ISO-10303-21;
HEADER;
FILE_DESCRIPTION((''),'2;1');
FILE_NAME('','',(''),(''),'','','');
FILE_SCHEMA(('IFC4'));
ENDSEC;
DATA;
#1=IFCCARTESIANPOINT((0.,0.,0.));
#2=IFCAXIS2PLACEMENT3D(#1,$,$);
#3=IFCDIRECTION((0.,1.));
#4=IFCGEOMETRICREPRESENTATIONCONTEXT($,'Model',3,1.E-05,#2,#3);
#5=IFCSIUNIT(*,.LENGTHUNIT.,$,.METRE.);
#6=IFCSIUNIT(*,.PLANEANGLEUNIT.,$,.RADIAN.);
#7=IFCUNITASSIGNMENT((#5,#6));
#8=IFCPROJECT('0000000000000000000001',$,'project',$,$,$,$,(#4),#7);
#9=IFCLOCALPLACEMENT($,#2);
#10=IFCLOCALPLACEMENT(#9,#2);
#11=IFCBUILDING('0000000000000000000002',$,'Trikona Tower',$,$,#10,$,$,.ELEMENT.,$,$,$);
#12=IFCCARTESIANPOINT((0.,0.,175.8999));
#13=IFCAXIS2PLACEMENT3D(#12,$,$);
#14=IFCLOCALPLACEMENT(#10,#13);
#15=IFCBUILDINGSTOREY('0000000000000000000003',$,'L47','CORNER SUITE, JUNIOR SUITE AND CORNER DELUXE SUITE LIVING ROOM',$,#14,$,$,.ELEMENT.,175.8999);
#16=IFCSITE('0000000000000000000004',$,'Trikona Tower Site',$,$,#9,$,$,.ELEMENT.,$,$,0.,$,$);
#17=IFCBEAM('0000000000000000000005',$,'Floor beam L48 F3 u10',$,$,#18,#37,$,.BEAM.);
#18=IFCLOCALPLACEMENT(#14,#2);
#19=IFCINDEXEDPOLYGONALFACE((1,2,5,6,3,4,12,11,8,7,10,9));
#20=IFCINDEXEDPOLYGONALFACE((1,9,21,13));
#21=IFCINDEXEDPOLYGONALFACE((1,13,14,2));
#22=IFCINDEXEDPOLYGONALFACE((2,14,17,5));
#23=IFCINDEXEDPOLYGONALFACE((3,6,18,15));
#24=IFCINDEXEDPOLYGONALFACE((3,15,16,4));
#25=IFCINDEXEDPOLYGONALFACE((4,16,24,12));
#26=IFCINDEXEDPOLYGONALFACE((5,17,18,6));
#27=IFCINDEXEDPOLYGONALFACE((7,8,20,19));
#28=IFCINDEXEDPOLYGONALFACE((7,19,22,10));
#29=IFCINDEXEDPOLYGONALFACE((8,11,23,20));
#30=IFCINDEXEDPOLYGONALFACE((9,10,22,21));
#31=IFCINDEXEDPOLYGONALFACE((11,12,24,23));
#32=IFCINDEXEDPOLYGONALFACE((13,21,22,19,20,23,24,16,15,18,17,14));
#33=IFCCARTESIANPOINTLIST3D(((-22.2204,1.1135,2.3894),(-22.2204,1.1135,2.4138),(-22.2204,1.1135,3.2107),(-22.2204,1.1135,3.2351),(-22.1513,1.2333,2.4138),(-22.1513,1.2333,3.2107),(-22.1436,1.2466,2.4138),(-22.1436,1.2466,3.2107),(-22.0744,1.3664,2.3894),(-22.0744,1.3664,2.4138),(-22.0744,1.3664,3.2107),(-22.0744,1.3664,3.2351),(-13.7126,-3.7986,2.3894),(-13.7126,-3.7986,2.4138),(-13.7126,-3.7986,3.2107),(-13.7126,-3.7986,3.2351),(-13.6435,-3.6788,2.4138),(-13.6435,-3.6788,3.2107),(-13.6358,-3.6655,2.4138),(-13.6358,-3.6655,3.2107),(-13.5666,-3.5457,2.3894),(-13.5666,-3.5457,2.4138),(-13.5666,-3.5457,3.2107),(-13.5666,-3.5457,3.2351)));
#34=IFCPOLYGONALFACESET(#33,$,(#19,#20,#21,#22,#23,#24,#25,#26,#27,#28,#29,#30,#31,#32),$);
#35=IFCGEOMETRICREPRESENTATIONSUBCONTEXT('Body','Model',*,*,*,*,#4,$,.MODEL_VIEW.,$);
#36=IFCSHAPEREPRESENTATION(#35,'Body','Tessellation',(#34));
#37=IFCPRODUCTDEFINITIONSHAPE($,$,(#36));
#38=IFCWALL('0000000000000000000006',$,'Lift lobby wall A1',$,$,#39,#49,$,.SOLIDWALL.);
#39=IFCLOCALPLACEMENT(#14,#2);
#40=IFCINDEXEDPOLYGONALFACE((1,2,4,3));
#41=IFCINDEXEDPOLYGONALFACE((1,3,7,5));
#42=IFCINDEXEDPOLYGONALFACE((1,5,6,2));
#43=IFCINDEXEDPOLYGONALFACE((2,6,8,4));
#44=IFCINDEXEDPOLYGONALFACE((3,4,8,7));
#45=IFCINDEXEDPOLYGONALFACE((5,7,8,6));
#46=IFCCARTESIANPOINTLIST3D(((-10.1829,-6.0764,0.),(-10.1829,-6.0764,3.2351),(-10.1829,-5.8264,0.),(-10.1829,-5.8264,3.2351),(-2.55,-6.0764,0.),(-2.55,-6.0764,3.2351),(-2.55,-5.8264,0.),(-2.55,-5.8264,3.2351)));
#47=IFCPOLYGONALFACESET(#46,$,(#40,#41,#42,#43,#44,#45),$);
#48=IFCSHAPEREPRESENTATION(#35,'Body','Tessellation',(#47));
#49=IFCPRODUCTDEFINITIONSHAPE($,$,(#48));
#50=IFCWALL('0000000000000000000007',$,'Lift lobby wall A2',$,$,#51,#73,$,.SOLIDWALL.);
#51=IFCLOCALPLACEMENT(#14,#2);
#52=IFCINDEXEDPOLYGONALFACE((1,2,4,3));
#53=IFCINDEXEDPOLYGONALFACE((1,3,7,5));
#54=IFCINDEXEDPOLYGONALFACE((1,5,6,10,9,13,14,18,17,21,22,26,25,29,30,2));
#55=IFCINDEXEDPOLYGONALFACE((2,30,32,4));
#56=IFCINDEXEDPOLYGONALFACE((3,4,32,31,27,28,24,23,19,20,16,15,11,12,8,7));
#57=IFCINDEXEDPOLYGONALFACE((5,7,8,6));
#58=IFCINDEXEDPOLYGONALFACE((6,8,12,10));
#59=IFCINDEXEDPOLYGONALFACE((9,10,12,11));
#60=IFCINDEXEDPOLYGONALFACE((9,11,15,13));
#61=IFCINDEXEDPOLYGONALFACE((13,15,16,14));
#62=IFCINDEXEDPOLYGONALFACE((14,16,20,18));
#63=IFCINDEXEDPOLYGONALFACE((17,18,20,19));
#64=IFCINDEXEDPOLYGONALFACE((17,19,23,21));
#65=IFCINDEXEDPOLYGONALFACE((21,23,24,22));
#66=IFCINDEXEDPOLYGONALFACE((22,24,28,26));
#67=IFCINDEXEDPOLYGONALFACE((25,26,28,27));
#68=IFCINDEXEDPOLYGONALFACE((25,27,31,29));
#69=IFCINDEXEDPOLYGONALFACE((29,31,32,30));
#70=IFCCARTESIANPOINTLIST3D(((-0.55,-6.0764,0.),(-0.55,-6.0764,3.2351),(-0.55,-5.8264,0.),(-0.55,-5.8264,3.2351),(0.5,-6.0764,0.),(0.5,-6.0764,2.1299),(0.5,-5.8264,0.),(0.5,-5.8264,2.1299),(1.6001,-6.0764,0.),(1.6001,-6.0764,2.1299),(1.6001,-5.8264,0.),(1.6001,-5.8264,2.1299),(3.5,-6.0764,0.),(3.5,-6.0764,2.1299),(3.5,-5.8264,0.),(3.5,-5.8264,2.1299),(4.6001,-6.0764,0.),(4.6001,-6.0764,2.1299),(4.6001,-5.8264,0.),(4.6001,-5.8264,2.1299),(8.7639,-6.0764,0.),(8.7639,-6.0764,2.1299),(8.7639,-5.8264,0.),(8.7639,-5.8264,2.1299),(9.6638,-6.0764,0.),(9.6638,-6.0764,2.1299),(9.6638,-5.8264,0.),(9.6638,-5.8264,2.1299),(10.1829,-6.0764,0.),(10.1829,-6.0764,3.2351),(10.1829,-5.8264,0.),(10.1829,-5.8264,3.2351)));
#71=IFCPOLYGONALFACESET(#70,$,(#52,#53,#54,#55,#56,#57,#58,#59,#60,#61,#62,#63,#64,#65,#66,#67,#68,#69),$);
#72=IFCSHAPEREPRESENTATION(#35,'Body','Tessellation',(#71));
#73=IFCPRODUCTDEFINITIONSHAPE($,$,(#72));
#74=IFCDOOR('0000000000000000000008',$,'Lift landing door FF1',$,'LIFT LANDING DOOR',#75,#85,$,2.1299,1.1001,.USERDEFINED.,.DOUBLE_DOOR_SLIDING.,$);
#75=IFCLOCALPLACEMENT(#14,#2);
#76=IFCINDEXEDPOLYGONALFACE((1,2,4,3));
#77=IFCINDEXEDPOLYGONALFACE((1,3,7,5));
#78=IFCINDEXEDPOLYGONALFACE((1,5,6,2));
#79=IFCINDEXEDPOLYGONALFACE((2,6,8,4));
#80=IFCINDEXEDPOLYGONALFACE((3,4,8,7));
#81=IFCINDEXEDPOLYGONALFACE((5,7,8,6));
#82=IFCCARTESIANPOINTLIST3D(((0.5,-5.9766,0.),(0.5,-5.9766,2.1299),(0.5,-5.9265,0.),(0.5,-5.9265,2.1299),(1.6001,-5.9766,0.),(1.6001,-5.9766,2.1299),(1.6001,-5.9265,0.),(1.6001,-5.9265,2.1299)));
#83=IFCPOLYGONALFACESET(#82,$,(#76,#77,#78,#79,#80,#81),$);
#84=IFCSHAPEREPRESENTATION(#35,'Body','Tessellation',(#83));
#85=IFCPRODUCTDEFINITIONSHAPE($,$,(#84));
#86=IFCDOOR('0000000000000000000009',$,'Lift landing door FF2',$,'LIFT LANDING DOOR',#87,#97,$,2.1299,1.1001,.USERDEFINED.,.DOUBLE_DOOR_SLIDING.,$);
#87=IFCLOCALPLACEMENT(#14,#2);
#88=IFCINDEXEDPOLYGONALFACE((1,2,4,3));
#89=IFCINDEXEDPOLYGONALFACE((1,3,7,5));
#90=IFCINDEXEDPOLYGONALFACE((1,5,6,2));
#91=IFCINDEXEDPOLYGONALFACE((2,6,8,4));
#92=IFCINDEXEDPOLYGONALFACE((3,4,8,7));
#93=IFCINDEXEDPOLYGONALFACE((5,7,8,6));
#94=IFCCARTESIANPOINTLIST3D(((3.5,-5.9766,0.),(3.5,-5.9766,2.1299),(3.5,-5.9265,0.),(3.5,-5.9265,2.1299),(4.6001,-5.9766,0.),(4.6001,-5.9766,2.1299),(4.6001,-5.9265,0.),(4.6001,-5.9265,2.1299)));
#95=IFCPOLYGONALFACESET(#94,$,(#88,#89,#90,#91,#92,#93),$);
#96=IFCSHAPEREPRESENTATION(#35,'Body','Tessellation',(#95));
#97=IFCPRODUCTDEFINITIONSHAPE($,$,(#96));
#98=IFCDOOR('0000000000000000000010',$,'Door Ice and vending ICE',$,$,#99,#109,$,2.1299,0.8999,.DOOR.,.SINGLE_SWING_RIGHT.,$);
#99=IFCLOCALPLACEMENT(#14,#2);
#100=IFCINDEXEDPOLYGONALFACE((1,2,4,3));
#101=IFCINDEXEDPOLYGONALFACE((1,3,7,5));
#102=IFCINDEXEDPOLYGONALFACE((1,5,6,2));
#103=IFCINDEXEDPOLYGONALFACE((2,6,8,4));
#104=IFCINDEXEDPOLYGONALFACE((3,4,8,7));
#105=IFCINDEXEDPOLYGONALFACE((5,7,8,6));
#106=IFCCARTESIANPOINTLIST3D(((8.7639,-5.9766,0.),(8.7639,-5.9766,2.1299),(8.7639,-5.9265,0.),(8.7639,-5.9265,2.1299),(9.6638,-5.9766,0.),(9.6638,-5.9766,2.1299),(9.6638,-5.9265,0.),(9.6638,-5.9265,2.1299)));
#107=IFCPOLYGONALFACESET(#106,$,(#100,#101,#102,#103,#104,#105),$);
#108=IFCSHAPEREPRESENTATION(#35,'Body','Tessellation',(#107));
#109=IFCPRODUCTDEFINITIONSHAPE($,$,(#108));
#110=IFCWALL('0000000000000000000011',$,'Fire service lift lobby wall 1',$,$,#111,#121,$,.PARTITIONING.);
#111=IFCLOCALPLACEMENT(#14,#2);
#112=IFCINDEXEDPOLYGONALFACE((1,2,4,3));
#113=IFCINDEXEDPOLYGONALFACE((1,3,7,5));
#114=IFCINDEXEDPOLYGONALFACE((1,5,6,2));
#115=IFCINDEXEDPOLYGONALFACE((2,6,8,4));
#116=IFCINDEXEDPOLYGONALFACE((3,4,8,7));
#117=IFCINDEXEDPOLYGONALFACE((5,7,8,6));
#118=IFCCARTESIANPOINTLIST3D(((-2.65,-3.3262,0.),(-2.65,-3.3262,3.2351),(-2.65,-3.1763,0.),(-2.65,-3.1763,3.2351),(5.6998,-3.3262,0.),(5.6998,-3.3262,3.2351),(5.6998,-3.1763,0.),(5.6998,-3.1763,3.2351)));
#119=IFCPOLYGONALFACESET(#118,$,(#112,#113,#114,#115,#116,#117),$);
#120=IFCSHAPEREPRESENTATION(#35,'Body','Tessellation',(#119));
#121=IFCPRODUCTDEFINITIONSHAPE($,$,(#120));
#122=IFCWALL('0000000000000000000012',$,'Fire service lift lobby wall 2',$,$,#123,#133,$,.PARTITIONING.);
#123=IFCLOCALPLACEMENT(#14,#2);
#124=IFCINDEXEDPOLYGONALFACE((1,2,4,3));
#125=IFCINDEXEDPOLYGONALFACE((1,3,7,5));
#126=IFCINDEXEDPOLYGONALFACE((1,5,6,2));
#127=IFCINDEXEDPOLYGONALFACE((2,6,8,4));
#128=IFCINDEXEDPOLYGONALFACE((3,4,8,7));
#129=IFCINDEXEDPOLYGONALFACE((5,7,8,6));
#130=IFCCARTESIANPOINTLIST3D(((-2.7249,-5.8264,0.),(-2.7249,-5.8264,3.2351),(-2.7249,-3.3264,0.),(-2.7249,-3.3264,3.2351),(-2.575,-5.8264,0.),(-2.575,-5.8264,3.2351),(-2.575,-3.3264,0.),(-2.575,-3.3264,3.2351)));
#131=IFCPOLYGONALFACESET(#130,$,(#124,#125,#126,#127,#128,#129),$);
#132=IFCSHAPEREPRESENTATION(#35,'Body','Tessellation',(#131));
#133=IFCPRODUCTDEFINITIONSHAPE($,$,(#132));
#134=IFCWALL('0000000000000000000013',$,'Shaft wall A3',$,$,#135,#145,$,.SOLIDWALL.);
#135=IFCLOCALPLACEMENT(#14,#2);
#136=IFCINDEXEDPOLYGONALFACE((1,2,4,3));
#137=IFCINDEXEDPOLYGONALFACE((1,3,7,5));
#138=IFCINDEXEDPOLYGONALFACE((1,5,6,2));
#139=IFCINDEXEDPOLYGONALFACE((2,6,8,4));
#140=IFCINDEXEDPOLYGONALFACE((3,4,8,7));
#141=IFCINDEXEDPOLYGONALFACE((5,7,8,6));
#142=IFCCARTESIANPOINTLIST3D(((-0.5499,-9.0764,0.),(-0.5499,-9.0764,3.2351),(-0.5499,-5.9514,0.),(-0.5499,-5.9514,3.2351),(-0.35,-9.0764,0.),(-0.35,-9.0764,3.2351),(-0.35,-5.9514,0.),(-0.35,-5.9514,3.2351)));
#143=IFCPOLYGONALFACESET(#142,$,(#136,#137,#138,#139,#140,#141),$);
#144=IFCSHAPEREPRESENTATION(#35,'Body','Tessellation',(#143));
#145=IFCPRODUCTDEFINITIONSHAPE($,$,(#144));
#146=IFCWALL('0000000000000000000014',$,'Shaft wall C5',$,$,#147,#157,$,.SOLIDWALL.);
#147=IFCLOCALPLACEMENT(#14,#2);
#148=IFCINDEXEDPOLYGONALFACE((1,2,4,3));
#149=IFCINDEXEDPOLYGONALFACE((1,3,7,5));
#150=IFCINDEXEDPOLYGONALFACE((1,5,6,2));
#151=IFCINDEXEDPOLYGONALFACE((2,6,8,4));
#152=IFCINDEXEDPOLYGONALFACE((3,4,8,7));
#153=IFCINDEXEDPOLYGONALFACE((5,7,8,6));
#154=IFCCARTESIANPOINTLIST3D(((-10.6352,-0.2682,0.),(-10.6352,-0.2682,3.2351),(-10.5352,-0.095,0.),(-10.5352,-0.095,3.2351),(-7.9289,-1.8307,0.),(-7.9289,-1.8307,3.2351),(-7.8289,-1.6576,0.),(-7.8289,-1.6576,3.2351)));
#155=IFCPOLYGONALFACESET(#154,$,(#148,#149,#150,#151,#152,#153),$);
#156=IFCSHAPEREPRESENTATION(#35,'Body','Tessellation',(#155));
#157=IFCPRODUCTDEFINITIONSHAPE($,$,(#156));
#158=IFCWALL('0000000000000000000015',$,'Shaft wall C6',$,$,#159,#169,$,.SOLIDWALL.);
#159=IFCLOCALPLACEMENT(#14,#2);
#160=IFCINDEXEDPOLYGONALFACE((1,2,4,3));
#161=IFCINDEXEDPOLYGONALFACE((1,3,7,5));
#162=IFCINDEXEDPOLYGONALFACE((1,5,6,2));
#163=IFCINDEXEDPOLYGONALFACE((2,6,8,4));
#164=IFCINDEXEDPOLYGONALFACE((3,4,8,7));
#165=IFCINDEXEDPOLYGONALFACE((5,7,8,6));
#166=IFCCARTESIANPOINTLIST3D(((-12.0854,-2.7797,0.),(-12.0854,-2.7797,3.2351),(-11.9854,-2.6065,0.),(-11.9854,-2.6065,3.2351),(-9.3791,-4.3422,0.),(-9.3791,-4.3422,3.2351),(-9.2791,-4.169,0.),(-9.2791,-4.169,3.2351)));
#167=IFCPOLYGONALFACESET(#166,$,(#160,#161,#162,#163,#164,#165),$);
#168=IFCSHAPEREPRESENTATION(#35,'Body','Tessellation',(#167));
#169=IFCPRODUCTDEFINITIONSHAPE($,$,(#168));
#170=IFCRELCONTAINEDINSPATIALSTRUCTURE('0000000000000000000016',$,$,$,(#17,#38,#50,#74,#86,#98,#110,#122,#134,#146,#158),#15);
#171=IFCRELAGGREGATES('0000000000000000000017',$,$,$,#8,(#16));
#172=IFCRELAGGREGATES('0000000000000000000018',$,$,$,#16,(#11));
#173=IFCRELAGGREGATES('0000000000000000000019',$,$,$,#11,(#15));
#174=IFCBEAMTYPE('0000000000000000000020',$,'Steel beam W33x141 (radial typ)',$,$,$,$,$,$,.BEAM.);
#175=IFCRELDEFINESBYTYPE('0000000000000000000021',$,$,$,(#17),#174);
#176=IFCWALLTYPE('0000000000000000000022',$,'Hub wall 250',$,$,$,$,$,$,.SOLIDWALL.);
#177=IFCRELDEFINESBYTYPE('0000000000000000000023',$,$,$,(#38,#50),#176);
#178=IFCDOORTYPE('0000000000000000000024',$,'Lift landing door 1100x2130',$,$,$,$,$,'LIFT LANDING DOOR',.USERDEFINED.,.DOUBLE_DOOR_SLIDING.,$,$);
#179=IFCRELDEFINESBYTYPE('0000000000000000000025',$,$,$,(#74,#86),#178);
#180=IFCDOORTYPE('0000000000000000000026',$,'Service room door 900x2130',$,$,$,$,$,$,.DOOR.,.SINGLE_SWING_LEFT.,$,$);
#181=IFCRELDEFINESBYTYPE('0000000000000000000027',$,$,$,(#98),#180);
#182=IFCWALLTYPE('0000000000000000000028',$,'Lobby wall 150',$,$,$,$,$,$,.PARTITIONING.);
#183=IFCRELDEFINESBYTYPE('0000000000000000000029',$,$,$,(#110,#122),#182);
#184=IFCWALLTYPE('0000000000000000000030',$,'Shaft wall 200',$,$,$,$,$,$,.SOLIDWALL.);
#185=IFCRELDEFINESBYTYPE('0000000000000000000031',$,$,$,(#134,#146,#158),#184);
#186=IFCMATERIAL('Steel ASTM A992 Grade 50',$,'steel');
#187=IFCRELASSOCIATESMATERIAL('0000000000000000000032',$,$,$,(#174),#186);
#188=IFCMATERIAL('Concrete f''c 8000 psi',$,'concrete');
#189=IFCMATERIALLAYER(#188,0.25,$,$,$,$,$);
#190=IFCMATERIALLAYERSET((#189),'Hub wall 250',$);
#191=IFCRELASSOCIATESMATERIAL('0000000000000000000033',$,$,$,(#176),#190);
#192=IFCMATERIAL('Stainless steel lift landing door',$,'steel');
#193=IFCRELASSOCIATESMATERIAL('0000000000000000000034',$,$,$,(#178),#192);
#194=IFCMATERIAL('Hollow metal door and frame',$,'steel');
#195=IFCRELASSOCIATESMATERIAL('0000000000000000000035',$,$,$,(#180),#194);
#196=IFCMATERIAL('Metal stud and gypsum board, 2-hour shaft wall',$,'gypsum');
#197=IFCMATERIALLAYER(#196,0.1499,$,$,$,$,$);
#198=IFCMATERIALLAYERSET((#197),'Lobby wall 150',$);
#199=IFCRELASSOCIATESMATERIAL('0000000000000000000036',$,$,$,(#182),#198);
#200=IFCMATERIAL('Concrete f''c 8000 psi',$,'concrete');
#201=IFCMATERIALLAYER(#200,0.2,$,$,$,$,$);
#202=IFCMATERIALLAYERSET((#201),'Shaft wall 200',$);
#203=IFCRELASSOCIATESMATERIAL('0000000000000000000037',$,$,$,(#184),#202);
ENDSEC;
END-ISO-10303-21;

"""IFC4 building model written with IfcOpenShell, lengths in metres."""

from ifc_helpers import new_model, si_unit, direction, frame, frame_2d, origin, origin_2d, place, context, subcontext, project, spatial, rectangle, i_section, extrude, material, layer, layer_set, material_profile, profile_set, type_object, element, fill, save


model = new_model("IFC4")

# Units and contexts
model_context = context("Model", 3, precision=1e-05, world=origin(), true_north=direction((0.0, 1.0)))
body_context = subcontext(model_context, "Body", "Model", "MODEL_VIEW")
ifc_project = project(units=[si_unit("LENGTHUNIT", "METRE"), si_unit("PLANEANGLEUNIT", "RADIAN")], contexts=[model_context])

# Site, building, storey
site_placement = place(None, origin())
site = spatial("IfcSite", under=ifc_project, at=site_placement, Name="Trikona Tower Site", CompositionType="ELEMENT", RefElevation=0.0)
building_placement = place(site_placement, origin())
building = spatial("IfcBuilding", under=site, at=building_placement, Name="Trikona Tower", CompositionType="ELEMENT")
storey_placement = place(building_placement, frame((0.0, 0.0, 175.8999)))
storey = spatial("IfcBuildingStorey", under=building, at=storey_placement, Name="L47", Description="CORNER SUITE, JUNIOR SUITE AND CORNER DELUXE SUITE LIVING ROOM", CompositionType="ELEMENT", Elevation=175.8999)

# Beam
ifc_material_1 = material(Name="Steel ASTM A992 Grade 50", Category="steel")
ifc_material_profile = material_profile(ifc_material_1, i_section(OverallWidth=0.292, OverallDepth=0.8457, WebThickness=0.0154, FlangeThickness=0.0244, at=origin_2d()), Name="W33X141")
ifc_profile_set = profile_set([ifc_material_profile], Name="Steel ASTM A992 Grade 50")
beam_type = type_object("IfcBeamType", Name="Steel beam W33x141 (radial typ)", PredefinedType="BEAM", material=ifc_profile_set)
beam_placement = place(storey_placement, frame((-13.6396, -3.6721, 2.8123), z_axis=(-0.86602, 0.500009, 0.0), x_axis=(-0.500009, -0.86602, 0.0)))
element("IfcBeam", 1, at=beam_placement, inside=storey, type_object=beam_type, Name="Floor beam L48 F3 u10", PredefinedType="BEAM", context=body_context, shape_type="SweptSolid", body=[
    extrude(i_section(OverallWidth=0.292, OverallDepth=0.8457, WebThickness=0.0154, FlangeThickness=0.0244, at=origin_2d()), origin(), (0.0, 0.0, 1.0), 9.824),
])

# Wall
ifc_material_2 = material(Name="Concrete f'c 8000 psi", Category="concrete")
ifc_layer_1 = layer(ifc_material_2, 0.25)
ifc_layer_set_1 = layer_set([ifc_layer_1], Name="Hub wall 250")
wall_type_1 = type_object("IfcWallType", Name="Hub wall 250", PredefinedType="SOLIDWALL", material=ifc_layer_set_1)
wall_1_placement = place(storey_placement, frame((-10.1829, -5.9514, 0.0), z_axis=(0.0, 0.0, 1.0), x_axis=(1.0, 0.0, 0.0)))
element("IfcWall", 2, at=wall_1_placement, inside=storey, type_object=wall_type_1, Name="Lift lobby wall A1", PredefinedType="SOLIDWALL", context=body_context, shape_type="SweptSolid", body=[
    extrude(rectangle(XDim=7.6328, YDim=0.25, at=frame_2d((3.8164, 0.0))), origin(), (0.0, 0.0, 1.0), 3.2351),
])

# Wall, openings, doors
wall_2_placement = place(storey_placement, frame((-0.55, -5.9514, 0.0), z_axis=(0.0, 0.0, 1.0), x_axis=(1.0, 0.0, 0.0)))
wall_2 = element("IfcWall", 3, at=wall_2_placement, inside=storey, type_object=wall_type_1, Name="Lift lobby wall A2", PredefinedType="SOLIDWALL", context=body_context, shape_type="SweptSolid", body=[
    extrude(rectangle(XDim=10.7329, YDim=0.25, at=frame_2d((5.3665, 0.0))), origin(), (0.0, 0.0, 1.0), 3.2351),
])
opening_1_placement = place(wall_2_placement, frame((9.314, 0.0, 0.0)))
opening_1 = element("IfcOpeningElement", 4, at=opening_1_placement, cuts=wall_2, PredefinedType="OPENING", context=body_context, shape_type="SweptSolid", body=[
    extrude(rectangle(XDim=0.8999, YDim=2.1299, at=frame_2d((0.45, 1.0649))), frame((0.0, 0.135, 0.0), z_axis=(0.0, -1.0, 0.0), x_axis=(1.0, 0.0, 0.0)), (0.0, 0.0, 1.0), 0.27),
])
opening_2_placement = place(wall_2_placement, frame((1.05, 0.0, 0.0)))
opening_2 = element("IfcOpeningElement", 5, at=opening_2_placement, cuts=wall_2, PredefinedType="OPENING", context=body_context, shape_type="SweptSolid", body=[
    extrude(rectangle(XDim=1.1001, YDim=2.1299, at=frame_2d((0.55, 1.0649))), frame((0.0, 0.135, 0.0), z_axis=(0.0, -1.0, 0.0), x_axis=(1.0, 0.0, 0.0)), (0.0, 0.0, 1.0), 0.27),
])
opening_3_placement = place(wall_2_placement, frame((4.05, 0.0, 0.0)))
opening_3 = element("IfcOpeningElement", 6, at=opening_3_placement, cuts=wall_2, PredefinedType="OPENING", context=body_context, shape_type="SweptSolid", body=[
    extrude(rectangle(XDim=1.1001, YDim=2.1299, at=frame_2d((0.55, 1.0649))), frame((0.0, 0.135, 0.0), z_axis=(0.0, -1.0, 0.0), x_axis=(1.0, 0.0, 0.0)), (0.0, 0.0, 1.0), 0.27),
])
ifc_material_3 = material(Name="Stainless steel lift landing door", Category="steel")
door_type_1 = type_object("IfcDoorType", Name="Lift landing door 1100x2130", ElementType="LIFT LANDING DOOR", OperationType="DOUBLE_DOOR_SLIDING", PredefinedType="USERDEFINED", material=ifc_material_3)
door_1_placement = place(opening_2_placement, origin())
door_1 = element("IfcDoor", 7, at=door_1_placement, inside=storey, type_object=door_type_1, Name="Lift landing door FF1", ObjectType="LIFT LANDING DOOR", OperationType="DOUBLE_DOOR_SLIDING", OverallHeight=2.1299, OverallWidth=1.1001, PredefinedType="USERDEFINED", context=body_context, shape_type="SweptSolid", body=[
    extrude(rectangle(XDim=1.1001, YDim=2.1299, at=frame_2d((0.55, 1.0649))), frame((0.0, 0.0249, 0.0), z_axis=(0.0, -1.0, 0.0), x_axis=(1.0, 0.0, 0.0)), (0.0, 0.0, 1.0), 0.05),
])
fill(opening_2, door_1)
door_2_placement = place(opening_3_placement, origin())
door_2 = element("IfcDoor", 8, at=door_2_placement, inside=storey, type_object=door_type_1, Name="Lift landing door FF2", ObjectType="LIFT LANDING DOOR", OperationType="DOUBLE_DOOR_SLIDING", OverallHeight=2.1299, OverallWidth=1.1001, PredefinedType="USERDEFINED", context=body_context, shape_type="SweptSolid", body=[
    extrude(rectangle(XDim=1.1001, YDim=2.1299, at=frame_2d((0.55, 1.0649))), frame((0.0, 0.0249, 0.0), z_axis=(0.0, -1.0, 0.0), x_axis=(1.0, 0.0, 0.0)), (0.0, 0.0, 1.0), 0.05),
])
fill(opening_3, door_2)
ifc_material_4 = material(Name="Hollow metal door and frame", Category="steel")
door_type_2 = type_object("IfcDoorType", Name="Service room door 900x2130", OperationType="SINGLE_SWING_LEFT", PredefinedType="DOOR", material=ifc_material_4)
door_3_placement = place(opening_1_placement, origin())
door_3 = element("IfcDoor", 9, at=door_3_placement, inside=storey, type_object=door_type_2, Name="Door Ice and vending ICE", OperationType="SINGLE_SWING_RIGHT", OverallHeight=2.1299, OverallWidth=0.8999, PredefinedType="DOOR", context=body_context, shape_type="SweptSolid", body=[
    extrude(rectangle(XDim=0.8999, YDim=2.1299, at=frame_2d((0.45, 1.0649))), frame((0.0, 0.0249, 0.0), z_axis=(0.0, -1.0, 0.0), x_axis=(1.0, 0.0, 0.0)), (0.0, 0.0, 1.0), 0.05),
])
fill(opening_1, door_3)

# Walls
ifc_material_5 = material(Name="Metal stud and gypsum board, 2-hour shaft wall", Category="gypsum")
ifc_layer_2 = layer(ifc_material_5, 0.1499)
ifc_layer_set_2 = layer_set([ifc_layer_2], Name="Lobby wall 150")
wall_type_2 = type_object("IfcWallType", Name="Lobby wall 150", PredefinedType="PARTITIONING", material=ifc_layer_set_2)
wall_3_placement = place(storey_placement, frame((-2.6499, -3.2512, 0.0), z_axis=(0.0, 0.0, 1.0), x_axis=(1.0, 0.0, 0.0)))
element("IfcWall", 10, at=wall_3_placement, inside=storey, type_object=wall_type_2, Name="Fire service lift lobby wall 1", PredefinedType="PARTITIONING", context=body_context, shape_type="SweptSolid", body=[
    extrude(rectangle(XDim=8.3499, YDim=0.1499, at=frame_2d((4.1748, 0.0))), origin(), (0.0, 0.0, 1.0), 3.2351),
])
wall_4_placement = place(storey_placement, frame((-2.6499, -5.8264, 0.0), z_axis=(0.0, 0.0, 1.0), x_axis=(0.0, 1.0, 0.0)))
element("IfcWall", 11, at=wall_4_placement, inside=storey, type_object=wall_type_2, Name="Fire service lift lobby wall 2", PredefinedType="PARTITIONING", context=body_context, shape_type="SweptSolid", body=[
    extrude(rectangle(XDim=2.5, YDim=0.1499, at=frame_2d((1.25, 0.0))), origin(), (0.0, 0.0, 1.0), 3.2351),
])
ifc_material_6 = material(Name="Concrete f'c 8000 psi", Category="concrete")
ifc_layer_3 = layer(ifc_material_6, 0.2)
ifc_layer_set_3 = layer_set([ifc_layer_3], Name="Shaft wall 200")
wall_type_3 = type_object("IfcWallType", Name="Shaft wall 200", PredefinedType="SOLIDWALL", material=ifc_layer_set_3)
for number, where, z_axis, x_axis, name in (
    (12, (-0.45, -5.9514, 0.0), (0.0, 0.0, 1.0), (0.0, -1.0, 0.0), "Shaft wall A3"),
    (13, (-7.8789, -1.7441, 0.0), (0.0, 0.0, 1.0), (-0.866023, 0.500004, 0.0), "Shaft wall C5"),
    (14, (-9.3291, -4.2556, 0.0), (0.0, 0.0, 1.0), (-0.866023, 0.500004, 0.0), "Shaft wall C6"),
):
    element("IfcWall", number, at=place(storey_placement, frame(where, z_axis=z_axis, x_axis=x_axis)), inside=storey, type_object=wall_type_3, Name=name, PredefinedType="SOLIDWALL", context=body_context, shape_type="SweptSolid", body=[
        extrude(rectangle(XDim=3.125, YDim=0.2, at=frame_2d((1.5625, 0.0))), origin(), (0.0, 0.0, 1.0), 3.2351),
    ])

save(model, "model.ifc")
